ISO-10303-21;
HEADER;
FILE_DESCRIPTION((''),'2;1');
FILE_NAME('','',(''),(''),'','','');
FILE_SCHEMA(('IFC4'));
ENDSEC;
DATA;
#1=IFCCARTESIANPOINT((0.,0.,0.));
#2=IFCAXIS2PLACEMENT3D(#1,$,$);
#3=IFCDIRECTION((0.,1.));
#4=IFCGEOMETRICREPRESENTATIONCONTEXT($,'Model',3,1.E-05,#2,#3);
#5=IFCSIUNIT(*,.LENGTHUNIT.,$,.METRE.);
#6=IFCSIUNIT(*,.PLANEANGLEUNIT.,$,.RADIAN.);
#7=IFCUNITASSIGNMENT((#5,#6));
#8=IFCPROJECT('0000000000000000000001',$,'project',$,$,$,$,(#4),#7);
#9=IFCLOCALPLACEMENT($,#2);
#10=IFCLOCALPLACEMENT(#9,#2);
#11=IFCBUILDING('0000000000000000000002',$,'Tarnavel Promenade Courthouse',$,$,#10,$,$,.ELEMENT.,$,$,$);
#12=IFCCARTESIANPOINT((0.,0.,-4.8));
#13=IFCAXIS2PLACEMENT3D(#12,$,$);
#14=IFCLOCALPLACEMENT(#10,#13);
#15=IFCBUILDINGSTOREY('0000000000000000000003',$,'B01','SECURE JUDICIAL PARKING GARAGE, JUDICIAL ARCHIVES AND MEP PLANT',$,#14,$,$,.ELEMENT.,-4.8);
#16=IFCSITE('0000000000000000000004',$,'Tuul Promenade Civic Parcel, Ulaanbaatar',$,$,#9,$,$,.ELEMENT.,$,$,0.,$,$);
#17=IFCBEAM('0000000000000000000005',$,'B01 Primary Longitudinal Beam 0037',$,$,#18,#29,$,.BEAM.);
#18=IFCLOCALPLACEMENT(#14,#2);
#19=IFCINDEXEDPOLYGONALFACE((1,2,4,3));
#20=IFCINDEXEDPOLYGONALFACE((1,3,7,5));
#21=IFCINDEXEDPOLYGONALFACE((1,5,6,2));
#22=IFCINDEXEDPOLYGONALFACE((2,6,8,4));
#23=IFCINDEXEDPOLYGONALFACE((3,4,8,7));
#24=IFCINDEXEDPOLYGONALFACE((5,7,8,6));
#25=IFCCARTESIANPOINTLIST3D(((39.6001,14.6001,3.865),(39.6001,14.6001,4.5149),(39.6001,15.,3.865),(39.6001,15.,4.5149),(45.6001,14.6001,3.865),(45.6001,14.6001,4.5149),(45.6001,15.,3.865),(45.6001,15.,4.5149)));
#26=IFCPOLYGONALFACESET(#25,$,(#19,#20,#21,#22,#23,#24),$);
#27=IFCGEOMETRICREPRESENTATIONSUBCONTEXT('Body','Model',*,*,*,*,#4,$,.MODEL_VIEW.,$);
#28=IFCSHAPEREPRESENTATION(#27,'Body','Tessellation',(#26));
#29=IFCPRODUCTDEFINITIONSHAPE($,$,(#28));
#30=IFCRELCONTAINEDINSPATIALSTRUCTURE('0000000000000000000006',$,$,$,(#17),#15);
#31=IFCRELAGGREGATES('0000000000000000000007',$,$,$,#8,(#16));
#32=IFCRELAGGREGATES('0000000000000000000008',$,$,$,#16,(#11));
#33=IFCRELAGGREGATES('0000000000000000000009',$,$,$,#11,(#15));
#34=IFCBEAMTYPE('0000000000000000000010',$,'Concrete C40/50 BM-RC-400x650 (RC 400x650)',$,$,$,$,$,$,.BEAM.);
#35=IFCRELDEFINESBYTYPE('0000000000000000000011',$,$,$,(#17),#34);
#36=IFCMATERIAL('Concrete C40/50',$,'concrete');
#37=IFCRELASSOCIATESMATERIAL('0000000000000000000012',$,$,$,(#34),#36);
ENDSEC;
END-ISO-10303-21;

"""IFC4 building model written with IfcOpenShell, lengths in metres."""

from ifc_helpers import new_model, si_unit, direction, frame, origin, origin_2d, place, context, subcontext, project, spatial, rectangle, extrude, material, material_profile, profile_set, type_object, element, save


model = new_model("IFC4")

# Units and contexts
model_context = context("Model", 3, precision=1e-05, world=origin(), true_north=direction((0.0, 1.0)))
body_context = subcontext(model_context, "Body", "Model", "MODEL_VIEW")
ifc_project = project(units=[si_unit("LENGTHUNIT", "METRE"), si_unit("PLANEANGLEUNIT", "RADIAN")], contexts=[model_context])

# Site, building, storey
site_placement = place(None, origin())
site = spatial("IfcSite", under=ifc_project, at=site_placement, Name="Tuul Promenade Civic Parcel, Ulaanbaatar", CompositionType="ELEMENT", RefElevation=0.0)
building_placement = place(site_placement, origin())
building = spatial("IfcBuilding", under=site, at=building_placement, Name="Tarnavel Promenade Courthouse", CompositionType="ELEMENT")
storey_placement = place(building_placement, frame((0.0, 0.0, -4.8)))
storey = spatial("IfcBuildingStorey", under=building, at=storey_placement, Name="B01", Description="SECURE JUDICIAL PARKING GARAGE, JUDICIAL ARCHIVES AND MEP PLANT", CompositionType="ELEMENT", Elevation=-4.8)

# Shared definitions
ifc_material_1 = material(Name="Concrete C40/50", Category="concrete")

# Beam
ifc_material_profile_1 = material_profile(ifc_material_1, rectangle(XDim=0.3999, YDim=0.6499, at=origin_2d()), Name="RC 400x650")
ifc_profile_set_1 = profile_set([ifc_material_profile_1], Name="Concrete C40/50")
beam_type_1 = type_object("IfcBeamType", Name="Concrete C40/50 BM-RC-400x650 (RC 400x650)", PredefinedType="BEAM", material=ifc_profile_set_1)
for number, where, z_axis, x_axis, name in (
    (1, (39.6001, 14.8, 4.1899), (1.0, 0.0, 0.0), (0.0, 1.0, 0.0), "B01 Primary Longitudinal Beam 0037"),
):
    element("IfcBeam", number, at=place(storey_placement, frame(where, z_axis=z_axis, x_axis=x_axis)), inside=storey, type_object=beam_type_1, Name=name, PredefinedType="BEAM", context=body_context, shape_type="SweptSolid", body=[
        extrude(rectangle(XDim=0.3999, YDim=0.6499, at=origin_2d()), origin(), (0.0, 0.0, 1.0), 6.0),
    ])

save(model, "model.ifc")
